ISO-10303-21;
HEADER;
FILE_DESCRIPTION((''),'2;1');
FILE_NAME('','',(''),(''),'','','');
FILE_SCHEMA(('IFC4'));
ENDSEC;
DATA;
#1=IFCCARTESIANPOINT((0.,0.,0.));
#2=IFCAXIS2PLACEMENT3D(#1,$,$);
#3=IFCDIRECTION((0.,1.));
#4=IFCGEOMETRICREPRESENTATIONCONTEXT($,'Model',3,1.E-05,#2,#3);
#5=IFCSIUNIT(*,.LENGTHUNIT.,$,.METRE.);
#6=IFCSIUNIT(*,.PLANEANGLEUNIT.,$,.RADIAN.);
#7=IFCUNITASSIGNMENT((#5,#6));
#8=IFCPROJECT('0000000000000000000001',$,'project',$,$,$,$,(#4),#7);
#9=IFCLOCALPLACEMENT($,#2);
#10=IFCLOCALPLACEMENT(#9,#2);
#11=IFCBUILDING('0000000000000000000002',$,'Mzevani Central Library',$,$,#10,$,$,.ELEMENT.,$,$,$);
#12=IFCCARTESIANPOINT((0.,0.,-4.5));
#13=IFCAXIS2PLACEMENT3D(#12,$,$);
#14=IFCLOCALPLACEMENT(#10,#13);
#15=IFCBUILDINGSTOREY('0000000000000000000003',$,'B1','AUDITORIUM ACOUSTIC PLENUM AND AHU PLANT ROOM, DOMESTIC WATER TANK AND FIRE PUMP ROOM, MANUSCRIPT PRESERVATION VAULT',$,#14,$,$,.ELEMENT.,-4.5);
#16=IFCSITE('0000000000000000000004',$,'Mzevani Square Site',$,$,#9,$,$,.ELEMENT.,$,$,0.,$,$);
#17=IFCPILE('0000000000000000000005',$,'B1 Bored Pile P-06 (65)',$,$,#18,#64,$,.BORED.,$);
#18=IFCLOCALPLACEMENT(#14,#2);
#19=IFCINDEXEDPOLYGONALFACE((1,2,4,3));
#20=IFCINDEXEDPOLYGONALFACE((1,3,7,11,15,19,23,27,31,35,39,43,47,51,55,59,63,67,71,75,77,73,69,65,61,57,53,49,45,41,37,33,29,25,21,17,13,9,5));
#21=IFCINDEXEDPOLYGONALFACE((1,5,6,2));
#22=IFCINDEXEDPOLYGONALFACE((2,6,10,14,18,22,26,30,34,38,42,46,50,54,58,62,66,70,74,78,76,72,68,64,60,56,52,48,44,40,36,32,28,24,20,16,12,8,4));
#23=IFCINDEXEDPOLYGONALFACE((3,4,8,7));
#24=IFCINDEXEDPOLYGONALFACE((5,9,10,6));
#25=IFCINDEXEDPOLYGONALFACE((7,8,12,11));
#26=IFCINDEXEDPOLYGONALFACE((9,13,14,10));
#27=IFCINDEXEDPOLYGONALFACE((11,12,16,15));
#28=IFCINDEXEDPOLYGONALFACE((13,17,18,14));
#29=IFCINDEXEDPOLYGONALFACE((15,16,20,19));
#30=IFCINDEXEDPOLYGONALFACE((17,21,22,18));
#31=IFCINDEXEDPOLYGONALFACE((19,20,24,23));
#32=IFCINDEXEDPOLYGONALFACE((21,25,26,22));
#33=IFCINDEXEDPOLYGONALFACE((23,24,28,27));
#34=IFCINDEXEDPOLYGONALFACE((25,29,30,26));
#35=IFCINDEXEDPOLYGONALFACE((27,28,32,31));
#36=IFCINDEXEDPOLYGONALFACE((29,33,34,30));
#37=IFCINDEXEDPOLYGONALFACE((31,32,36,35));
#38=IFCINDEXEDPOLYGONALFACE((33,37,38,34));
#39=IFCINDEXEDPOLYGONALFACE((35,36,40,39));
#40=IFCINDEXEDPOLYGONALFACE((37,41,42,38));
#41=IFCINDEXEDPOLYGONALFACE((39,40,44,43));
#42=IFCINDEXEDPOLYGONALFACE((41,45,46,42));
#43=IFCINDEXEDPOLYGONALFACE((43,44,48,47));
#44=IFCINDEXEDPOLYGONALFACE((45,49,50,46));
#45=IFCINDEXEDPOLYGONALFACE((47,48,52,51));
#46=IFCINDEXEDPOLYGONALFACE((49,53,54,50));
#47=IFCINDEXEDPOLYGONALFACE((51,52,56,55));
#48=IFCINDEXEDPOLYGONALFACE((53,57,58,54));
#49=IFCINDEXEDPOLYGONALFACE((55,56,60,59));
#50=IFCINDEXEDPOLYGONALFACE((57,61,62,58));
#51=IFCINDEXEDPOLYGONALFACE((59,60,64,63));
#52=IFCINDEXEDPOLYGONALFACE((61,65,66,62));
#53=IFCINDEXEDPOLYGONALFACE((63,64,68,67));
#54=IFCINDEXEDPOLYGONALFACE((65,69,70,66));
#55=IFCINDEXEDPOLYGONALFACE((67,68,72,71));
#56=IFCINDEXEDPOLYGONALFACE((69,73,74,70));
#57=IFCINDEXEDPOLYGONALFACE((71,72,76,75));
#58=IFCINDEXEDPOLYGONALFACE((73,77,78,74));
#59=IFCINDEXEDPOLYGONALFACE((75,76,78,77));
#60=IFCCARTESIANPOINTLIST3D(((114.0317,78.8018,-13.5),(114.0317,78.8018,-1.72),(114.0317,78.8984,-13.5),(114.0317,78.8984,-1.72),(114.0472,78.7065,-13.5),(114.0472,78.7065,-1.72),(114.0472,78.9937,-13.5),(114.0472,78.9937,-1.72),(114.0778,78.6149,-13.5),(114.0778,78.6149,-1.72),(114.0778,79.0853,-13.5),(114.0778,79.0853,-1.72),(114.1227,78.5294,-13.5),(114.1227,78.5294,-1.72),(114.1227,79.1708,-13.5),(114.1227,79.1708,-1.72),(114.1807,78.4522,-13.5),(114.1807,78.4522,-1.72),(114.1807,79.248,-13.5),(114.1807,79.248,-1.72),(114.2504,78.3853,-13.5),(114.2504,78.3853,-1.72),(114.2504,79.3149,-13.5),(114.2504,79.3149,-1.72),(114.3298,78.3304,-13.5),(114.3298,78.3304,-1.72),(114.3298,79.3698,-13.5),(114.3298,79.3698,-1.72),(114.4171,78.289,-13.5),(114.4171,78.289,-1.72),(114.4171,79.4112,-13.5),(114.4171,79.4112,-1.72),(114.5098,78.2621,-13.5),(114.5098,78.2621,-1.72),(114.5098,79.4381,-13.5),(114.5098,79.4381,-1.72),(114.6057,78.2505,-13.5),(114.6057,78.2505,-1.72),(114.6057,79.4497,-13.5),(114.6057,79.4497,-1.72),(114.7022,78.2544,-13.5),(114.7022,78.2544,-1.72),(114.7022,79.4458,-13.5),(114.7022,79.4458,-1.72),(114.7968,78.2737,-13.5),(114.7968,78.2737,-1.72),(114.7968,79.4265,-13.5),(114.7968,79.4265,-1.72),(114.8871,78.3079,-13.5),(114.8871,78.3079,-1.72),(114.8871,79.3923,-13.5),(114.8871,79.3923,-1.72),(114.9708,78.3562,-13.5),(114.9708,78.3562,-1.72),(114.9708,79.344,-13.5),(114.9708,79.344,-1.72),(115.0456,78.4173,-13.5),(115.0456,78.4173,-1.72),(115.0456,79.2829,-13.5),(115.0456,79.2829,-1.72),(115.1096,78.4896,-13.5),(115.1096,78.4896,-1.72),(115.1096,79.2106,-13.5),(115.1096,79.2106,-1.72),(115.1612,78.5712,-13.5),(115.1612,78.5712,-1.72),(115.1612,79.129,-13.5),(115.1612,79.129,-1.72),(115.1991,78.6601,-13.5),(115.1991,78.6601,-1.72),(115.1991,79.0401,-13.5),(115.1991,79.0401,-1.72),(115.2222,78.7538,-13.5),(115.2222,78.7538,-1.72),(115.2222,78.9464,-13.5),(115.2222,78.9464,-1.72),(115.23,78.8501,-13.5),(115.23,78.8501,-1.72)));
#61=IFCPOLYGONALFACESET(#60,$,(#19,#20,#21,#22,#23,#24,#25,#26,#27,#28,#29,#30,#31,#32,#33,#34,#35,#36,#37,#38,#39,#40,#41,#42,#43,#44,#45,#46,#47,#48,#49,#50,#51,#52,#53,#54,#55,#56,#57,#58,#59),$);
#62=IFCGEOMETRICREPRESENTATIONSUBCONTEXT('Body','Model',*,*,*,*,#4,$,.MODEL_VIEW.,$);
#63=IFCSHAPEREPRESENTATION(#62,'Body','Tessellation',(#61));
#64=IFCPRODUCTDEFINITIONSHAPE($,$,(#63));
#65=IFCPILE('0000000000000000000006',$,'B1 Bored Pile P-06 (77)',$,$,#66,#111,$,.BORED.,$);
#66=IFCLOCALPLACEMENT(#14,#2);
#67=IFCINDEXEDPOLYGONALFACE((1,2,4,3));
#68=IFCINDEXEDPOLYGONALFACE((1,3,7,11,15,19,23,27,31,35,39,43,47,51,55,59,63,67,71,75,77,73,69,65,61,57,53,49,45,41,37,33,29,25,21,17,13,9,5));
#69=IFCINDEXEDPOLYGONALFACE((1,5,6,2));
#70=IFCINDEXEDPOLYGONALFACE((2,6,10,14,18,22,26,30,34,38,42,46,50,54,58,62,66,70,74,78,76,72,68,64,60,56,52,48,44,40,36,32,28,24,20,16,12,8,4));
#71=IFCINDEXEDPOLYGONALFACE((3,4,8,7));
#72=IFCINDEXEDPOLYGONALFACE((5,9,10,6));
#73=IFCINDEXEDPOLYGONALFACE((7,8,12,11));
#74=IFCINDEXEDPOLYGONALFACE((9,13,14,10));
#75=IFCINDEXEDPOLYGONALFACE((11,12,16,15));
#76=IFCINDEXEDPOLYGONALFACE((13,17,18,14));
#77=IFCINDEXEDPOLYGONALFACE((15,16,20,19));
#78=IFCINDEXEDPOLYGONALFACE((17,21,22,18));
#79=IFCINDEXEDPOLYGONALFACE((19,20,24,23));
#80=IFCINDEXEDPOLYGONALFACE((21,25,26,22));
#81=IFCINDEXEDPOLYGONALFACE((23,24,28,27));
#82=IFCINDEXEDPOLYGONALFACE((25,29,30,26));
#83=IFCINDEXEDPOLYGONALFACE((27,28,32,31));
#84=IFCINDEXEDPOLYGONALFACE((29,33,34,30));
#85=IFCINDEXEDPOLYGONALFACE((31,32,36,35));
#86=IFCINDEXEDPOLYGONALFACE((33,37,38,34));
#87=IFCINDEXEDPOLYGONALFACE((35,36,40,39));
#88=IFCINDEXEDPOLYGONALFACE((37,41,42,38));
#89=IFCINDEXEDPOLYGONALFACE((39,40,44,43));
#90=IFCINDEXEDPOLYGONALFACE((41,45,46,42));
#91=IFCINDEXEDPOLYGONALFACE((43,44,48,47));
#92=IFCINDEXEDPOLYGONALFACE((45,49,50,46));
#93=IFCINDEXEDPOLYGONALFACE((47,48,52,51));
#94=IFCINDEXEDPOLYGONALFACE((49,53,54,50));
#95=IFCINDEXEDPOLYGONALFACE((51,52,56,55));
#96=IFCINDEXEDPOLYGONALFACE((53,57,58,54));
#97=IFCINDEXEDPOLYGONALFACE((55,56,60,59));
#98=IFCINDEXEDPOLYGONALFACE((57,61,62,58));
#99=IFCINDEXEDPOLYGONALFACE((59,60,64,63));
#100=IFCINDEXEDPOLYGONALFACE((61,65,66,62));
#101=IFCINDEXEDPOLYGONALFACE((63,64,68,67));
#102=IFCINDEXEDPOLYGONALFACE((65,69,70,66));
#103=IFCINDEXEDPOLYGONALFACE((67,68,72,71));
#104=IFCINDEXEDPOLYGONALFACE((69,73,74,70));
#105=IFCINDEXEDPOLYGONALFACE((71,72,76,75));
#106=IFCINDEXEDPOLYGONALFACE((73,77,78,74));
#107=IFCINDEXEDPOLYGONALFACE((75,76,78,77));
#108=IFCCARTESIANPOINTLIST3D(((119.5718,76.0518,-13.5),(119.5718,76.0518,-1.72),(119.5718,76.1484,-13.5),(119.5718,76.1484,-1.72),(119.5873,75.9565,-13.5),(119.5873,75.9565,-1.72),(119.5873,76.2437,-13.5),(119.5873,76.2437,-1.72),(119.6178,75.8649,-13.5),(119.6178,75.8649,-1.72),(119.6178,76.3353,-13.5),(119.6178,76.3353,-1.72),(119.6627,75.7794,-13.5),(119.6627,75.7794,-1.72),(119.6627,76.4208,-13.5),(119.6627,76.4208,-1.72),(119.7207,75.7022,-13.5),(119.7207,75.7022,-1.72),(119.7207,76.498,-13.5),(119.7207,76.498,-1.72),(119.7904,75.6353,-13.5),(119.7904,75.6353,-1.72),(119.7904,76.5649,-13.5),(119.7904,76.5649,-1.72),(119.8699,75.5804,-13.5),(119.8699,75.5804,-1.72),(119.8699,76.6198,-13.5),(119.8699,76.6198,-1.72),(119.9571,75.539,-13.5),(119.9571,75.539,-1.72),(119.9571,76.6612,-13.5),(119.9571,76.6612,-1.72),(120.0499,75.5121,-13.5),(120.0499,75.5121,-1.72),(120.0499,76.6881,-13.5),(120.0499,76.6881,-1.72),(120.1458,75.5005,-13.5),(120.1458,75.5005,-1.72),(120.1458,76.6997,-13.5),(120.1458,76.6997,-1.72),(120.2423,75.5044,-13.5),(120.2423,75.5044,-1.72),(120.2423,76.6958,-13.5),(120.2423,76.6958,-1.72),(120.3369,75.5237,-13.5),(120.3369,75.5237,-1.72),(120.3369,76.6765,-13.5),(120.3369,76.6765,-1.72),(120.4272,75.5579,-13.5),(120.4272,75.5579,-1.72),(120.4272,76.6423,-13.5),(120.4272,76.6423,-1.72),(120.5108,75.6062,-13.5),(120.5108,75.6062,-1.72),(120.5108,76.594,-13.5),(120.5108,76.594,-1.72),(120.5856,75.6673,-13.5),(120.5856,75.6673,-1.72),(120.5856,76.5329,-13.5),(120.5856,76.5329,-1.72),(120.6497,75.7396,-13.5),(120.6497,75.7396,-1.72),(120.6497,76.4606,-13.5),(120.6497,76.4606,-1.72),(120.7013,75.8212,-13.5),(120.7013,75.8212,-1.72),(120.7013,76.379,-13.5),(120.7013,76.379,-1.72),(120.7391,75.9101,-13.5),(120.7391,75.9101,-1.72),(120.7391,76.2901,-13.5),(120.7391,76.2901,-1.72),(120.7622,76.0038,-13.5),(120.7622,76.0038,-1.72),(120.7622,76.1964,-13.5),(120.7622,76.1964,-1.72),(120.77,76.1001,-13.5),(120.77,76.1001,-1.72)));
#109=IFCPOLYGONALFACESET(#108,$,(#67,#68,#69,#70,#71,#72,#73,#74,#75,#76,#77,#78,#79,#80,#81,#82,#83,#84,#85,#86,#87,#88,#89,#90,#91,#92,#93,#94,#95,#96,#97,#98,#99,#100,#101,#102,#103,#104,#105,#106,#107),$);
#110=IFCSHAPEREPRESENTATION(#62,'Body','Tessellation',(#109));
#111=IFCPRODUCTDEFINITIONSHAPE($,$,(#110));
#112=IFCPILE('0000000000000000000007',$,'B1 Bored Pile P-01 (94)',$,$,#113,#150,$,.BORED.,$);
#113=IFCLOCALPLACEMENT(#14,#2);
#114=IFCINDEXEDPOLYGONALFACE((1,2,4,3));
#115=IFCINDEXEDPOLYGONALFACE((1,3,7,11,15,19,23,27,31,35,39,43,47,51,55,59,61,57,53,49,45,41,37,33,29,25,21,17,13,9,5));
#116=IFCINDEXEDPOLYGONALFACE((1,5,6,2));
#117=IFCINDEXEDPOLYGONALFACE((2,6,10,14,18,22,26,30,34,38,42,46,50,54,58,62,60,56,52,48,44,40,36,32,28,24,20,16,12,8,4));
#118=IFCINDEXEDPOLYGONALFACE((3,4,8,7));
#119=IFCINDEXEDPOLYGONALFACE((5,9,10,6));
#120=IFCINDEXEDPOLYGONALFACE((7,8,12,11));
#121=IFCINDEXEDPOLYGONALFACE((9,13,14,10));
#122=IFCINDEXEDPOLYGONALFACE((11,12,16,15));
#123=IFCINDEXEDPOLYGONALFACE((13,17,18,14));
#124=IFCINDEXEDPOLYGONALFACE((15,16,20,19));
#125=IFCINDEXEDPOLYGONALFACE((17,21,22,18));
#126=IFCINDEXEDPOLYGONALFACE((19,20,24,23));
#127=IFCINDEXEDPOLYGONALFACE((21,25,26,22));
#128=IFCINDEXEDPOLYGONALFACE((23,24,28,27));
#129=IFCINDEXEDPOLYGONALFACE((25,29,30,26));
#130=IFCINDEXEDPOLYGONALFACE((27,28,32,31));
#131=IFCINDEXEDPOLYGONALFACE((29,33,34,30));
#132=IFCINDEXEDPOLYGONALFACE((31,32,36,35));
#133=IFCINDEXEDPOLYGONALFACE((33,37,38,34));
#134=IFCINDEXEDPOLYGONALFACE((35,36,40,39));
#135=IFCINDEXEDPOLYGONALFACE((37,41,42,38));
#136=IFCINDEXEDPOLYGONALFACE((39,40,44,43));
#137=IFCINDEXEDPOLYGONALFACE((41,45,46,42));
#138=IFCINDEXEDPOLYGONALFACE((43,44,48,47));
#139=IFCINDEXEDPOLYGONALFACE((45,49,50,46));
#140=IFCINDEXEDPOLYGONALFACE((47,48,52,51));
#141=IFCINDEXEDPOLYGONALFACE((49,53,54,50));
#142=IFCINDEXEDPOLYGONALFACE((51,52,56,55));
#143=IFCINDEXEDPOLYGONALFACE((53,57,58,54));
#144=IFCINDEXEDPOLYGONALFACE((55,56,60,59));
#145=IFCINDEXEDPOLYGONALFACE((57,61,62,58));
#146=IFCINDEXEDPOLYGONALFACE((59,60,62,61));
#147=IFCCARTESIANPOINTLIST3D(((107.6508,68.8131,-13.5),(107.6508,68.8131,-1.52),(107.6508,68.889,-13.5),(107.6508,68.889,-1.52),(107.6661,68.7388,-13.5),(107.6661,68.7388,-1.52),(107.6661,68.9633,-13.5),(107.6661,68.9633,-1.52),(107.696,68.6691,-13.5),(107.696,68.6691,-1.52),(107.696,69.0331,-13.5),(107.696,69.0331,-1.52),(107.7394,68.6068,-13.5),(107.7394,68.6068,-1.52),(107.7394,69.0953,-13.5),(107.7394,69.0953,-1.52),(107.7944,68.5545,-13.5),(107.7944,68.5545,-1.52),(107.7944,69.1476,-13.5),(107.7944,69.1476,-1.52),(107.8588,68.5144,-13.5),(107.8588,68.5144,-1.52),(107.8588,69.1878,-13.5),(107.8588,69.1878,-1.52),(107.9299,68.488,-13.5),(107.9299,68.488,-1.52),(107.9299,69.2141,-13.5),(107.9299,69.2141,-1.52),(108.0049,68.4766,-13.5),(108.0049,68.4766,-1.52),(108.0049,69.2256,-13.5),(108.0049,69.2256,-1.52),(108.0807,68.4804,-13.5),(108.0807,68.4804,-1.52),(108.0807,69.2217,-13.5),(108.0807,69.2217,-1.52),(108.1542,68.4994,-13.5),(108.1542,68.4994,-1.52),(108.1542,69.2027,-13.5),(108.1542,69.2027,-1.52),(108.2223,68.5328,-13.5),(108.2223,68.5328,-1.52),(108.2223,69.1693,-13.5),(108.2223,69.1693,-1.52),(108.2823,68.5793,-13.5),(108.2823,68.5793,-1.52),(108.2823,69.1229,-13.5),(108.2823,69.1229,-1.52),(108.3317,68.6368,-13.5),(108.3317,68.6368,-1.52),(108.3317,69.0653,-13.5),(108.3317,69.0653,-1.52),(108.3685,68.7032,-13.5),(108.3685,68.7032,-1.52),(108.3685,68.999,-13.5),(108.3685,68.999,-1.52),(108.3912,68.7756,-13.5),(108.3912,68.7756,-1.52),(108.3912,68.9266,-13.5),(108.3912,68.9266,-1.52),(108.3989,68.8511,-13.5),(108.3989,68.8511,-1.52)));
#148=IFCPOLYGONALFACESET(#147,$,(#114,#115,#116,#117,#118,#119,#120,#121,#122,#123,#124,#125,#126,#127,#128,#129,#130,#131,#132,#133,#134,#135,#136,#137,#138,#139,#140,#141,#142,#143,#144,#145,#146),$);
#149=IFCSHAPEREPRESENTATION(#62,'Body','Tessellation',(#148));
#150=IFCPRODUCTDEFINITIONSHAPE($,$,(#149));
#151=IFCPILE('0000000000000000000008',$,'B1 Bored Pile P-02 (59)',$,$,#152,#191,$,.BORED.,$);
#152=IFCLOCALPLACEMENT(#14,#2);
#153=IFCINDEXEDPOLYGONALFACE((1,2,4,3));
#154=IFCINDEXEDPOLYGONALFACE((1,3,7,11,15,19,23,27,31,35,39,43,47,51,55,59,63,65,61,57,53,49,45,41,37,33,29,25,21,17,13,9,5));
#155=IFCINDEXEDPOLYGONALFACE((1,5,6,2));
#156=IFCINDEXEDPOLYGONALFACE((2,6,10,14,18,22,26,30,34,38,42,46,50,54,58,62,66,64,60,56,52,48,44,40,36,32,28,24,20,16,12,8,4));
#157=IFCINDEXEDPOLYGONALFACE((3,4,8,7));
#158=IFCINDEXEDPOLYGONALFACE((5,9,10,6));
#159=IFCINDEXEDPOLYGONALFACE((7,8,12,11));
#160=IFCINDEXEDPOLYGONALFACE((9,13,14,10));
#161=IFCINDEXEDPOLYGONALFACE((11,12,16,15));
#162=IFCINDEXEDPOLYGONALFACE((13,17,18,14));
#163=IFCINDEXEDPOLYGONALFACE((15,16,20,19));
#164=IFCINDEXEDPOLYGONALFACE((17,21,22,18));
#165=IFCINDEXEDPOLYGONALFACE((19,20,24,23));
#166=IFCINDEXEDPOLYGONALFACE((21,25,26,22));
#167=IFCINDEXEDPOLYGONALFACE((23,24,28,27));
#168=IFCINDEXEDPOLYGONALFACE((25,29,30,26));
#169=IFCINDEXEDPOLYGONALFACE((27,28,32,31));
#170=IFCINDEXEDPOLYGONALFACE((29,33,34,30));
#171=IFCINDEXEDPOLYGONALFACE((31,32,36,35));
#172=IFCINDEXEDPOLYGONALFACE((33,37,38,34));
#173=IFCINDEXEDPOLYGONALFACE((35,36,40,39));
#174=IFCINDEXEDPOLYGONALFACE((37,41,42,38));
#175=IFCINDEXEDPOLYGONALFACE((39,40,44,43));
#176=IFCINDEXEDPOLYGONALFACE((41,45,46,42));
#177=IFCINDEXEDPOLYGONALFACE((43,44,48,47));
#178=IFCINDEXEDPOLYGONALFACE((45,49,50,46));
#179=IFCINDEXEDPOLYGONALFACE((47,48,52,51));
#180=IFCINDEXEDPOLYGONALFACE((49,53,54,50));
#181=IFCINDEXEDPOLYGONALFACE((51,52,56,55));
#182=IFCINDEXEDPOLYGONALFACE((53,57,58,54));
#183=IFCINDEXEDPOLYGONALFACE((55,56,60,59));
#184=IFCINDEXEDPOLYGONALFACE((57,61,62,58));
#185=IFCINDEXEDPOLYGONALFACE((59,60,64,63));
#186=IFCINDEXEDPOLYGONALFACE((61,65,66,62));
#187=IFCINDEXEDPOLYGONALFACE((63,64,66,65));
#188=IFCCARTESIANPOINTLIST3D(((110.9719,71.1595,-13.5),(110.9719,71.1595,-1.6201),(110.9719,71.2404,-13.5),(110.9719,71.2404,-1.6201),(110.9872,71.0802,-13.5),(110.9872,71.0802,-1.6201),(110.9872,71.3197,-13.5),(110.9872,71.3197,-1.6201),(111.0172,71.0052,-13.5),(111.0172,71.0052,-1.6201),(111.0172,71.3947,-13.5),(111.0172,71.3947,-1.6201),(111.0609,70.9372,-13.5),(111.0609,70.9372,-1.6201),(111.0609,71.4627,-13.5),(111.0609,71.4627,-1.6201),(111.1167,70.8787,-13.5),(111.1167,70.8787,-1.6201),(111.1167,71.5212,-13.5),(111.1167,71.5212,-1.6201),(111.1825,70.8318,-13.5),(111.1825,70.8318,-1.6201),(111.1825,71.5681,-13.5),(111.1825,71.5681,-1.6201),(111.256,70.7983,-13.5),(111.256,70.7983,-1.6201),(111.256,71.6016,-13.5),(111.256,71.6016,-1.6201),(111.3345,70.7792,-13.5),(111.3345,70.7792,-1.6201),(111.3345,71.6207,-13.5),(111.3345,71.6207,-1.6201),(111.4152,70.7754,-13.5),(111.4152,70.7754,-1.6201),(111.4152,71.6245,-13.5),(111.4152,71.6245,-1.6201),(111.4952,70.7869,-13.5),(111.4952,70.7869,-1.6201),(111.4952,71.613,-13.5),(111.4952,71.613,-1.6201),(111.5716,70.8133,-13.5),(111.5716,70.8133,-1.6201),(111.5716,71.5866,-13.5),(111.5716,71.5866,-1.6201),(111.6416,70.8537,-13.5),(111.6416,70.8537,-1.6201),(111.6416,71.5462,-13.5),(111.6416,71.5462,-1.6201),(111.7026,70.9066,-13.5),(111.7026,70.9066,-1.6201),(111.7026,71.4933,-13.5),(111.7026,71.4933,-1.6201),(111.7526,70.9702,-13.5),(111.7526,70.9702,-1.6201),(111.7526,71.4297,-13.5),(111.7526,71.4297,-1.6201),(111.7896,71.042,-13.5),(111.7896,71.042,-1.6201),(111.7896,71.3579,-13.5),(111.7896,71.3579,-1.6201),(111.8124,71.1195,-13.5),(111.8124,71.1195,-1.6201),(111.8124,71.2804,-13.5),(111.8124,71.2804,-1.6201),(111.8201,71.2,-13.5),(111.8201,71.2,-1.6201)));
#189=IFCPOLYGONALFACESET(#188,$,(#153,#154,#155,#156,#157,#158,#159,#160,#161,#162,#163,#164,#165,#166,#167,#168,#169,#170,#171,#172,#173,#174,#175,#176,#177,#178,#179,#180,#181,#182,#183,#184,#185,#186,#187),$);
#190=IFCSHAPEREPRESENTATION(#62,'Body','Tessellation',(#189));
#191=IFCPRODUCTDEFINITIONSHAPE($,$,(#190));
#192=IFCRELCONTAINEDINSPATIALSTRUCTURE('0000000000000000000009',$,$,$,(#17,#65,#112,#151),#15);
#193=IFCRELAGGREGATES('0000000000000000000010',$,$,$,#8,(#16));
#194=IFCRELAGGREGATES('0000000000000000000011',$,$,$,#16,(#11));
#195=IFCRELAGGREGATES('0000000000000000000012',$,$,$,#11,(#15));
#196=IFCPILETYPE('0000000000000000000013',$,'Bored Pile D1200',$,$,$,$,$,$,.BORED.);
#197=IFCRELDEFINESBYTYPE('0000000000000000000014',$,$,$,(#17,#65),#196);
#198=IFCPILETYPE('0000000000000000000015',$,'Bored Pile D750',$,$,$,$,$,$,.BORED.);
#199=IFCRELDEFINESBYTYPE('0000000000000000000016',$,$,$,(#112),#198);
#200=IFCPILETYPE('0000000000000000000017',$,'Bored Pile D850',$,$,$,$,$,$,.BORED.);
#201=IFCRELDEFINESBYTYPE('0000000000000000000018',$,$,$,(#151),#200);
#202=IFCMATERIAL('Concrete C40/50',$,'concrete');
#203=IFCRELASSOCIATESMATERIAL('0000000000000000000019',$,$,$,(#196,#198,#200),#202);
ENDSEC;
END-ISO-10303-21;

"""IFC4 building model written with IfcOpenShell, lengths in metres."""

from ifc_helpers import new_model, si_unit, direction, frame, origin, origin_2d, place, context, subcontext, project, spatial, circle, extrude, material, material_profile, profile_set, type_object, element, save


model = new_model("IFC4")

# Units and contexts
model_context = context("Model", 3, precision=1e-05, world=origin(), true_north=direction((0.0, 1.0)))
body_context = subcontext(model_context, "Body", "Model", "MODEL_VIEW")
ifc_project = project(units=[si_unit("LENGTHUNIT", "METRE"), si_unit("PLANEANGLEUNIT", "RADIAN")], contexts=[model_context])

# Site, building, storey
site_placement = place(None, origin())
site = spatial("IfcSite", under=ifc_project, at=site_placement, Name="Mzevani Square Site", CompositionType="ELEMENT", RefElevation=0.0)
building_placement = place(site_placement, origin())
building = spatial("IfcBuilding", under=site, at=building_placement, Name="Mzevani Central Library", CompositionType="ELEMENT")
storey_placement = place(building_placement, frame((0.0, 0.0, -4.5)))
storey = spatial("IfcBuildingStorey", under=building, at=storey_placement, Name="B1", Description="AUDITORIUM ACOUSTIC PLENUM AND AHU PLANT ROOM, DOMESTIC WATER TANK AND FIRE PUMP ROOM, MANUSCRIPT PRESERVATION VAULT", CompositionType="ELEMENT", Elevation=-4.5)

# Piles
ifc_material_1 = material(Name="Concrete C40/50", Category="concrete")
ifc_material_profile_1 = material_profile(ifc_material_1, circle(Radius=0.6001, at=origin_2d()), Name="PILE D1200")
ifc_profile_set_1 = profile_set([ifc_material_profile_1], Name="Concrete C40/50")
pile_type_1 = type_object("IfcPileType", Name="Bored Pile D1200", PredefinedType="BORED", material=ifc_profile_set_1)
for number, where, z_axis, x_axis, name in (
    (1, (114.6299, 78.8501, -1.72), (0.0, 0.0, -1.0), (1.0, 0.0, 0.0), "B1 Bored Pile P-06 (65)"),
    (2, (120.1699, 76.1001, -1.72), (0.0, 0.0, -1.0), (1.0, 0.0, 0.0), "B1 Bored Pile P-06 (77)"),
):
    element("IfcPile", number, at=place(storey_placement, frame(where, z_axis=z_axis, x_axis=x_axis)), inside=storey, type_object=pile_type_1, Name=name, PredefinedType="BORED", context=body_context, shape_type="SweptSolid", body=[
        extrude(circle(Radius=0.6001, at=origin_2d()), origin(), (0.0, 0.0, 1.0), 11.78),
    ])
ifc_material_profile_2 = material_profile(ifc_material_1, circle(Radius=0.375, at=origin_2d()), Name="PILE D750")
ifc_profile_set_2 = profile_set([ifc_material_profile_2], Name="Concrete C40/50")
pile_type_2 = type_object("IfcPileType", Name="Bored Pile D750", PredefinedType="BORED", material=ifc_profile_set_2)
pile_1_placement = place(storey_placement, frame((108.0239, 68.8511, -1.52), z_axis=(0.0, 0.0, -1.0), x_axis=(1.0, 0.0, 0.0)))
element("IfcPile", 3, at=pile_1_placement, inside=storey, type_object=pile_type_2, Name="B1 Bored Pile P-01 (94)", PredefinedType="BORED", context=body_context, shape_type="SweptSolid", body=[
    extrude(circle(Radius=0.375, at=origin_2d()), origin(), (0.0, 0.0, 1.0), 11.98),
])
ifc_material_profile_3 = material_profile(ifc_material_1, circle(Radius=0.425, at=origin_2d()), Name="PILE D850")
ifc_profile_set_3 = profile_set([ifc_material_profile_3], Name="Concrete C40/50")
pile_type_3 = type_object("IfcPileType", Name="Bored Pile D850", PredefinedType="BORED", material=ifc_profile_set_3)
for number, where, z_axis, x_axis, name in (
    (4, (111.395, 71.2, -1.6201), (0.0, 0.0, -1.0), (1.0, 0.0, 0.0), "B1 Bored Pile P-02 (59)"),
):
    element("IfcPile", number, at=place(storey_placement, frame(where, z_axis=z_axis, x_axis=x_axis)), inside=storey, type_object=pile_type_3, Name=name, PredefinedType="BORED", context=body_context, shape_type="SweptSolid", body=[
        extrude(circle(Radius=0.425, at=origin_2d()), origin(), (0.0, 0.0, 1.0), 11.8799),
    ])

save(model, "model.ifc")
